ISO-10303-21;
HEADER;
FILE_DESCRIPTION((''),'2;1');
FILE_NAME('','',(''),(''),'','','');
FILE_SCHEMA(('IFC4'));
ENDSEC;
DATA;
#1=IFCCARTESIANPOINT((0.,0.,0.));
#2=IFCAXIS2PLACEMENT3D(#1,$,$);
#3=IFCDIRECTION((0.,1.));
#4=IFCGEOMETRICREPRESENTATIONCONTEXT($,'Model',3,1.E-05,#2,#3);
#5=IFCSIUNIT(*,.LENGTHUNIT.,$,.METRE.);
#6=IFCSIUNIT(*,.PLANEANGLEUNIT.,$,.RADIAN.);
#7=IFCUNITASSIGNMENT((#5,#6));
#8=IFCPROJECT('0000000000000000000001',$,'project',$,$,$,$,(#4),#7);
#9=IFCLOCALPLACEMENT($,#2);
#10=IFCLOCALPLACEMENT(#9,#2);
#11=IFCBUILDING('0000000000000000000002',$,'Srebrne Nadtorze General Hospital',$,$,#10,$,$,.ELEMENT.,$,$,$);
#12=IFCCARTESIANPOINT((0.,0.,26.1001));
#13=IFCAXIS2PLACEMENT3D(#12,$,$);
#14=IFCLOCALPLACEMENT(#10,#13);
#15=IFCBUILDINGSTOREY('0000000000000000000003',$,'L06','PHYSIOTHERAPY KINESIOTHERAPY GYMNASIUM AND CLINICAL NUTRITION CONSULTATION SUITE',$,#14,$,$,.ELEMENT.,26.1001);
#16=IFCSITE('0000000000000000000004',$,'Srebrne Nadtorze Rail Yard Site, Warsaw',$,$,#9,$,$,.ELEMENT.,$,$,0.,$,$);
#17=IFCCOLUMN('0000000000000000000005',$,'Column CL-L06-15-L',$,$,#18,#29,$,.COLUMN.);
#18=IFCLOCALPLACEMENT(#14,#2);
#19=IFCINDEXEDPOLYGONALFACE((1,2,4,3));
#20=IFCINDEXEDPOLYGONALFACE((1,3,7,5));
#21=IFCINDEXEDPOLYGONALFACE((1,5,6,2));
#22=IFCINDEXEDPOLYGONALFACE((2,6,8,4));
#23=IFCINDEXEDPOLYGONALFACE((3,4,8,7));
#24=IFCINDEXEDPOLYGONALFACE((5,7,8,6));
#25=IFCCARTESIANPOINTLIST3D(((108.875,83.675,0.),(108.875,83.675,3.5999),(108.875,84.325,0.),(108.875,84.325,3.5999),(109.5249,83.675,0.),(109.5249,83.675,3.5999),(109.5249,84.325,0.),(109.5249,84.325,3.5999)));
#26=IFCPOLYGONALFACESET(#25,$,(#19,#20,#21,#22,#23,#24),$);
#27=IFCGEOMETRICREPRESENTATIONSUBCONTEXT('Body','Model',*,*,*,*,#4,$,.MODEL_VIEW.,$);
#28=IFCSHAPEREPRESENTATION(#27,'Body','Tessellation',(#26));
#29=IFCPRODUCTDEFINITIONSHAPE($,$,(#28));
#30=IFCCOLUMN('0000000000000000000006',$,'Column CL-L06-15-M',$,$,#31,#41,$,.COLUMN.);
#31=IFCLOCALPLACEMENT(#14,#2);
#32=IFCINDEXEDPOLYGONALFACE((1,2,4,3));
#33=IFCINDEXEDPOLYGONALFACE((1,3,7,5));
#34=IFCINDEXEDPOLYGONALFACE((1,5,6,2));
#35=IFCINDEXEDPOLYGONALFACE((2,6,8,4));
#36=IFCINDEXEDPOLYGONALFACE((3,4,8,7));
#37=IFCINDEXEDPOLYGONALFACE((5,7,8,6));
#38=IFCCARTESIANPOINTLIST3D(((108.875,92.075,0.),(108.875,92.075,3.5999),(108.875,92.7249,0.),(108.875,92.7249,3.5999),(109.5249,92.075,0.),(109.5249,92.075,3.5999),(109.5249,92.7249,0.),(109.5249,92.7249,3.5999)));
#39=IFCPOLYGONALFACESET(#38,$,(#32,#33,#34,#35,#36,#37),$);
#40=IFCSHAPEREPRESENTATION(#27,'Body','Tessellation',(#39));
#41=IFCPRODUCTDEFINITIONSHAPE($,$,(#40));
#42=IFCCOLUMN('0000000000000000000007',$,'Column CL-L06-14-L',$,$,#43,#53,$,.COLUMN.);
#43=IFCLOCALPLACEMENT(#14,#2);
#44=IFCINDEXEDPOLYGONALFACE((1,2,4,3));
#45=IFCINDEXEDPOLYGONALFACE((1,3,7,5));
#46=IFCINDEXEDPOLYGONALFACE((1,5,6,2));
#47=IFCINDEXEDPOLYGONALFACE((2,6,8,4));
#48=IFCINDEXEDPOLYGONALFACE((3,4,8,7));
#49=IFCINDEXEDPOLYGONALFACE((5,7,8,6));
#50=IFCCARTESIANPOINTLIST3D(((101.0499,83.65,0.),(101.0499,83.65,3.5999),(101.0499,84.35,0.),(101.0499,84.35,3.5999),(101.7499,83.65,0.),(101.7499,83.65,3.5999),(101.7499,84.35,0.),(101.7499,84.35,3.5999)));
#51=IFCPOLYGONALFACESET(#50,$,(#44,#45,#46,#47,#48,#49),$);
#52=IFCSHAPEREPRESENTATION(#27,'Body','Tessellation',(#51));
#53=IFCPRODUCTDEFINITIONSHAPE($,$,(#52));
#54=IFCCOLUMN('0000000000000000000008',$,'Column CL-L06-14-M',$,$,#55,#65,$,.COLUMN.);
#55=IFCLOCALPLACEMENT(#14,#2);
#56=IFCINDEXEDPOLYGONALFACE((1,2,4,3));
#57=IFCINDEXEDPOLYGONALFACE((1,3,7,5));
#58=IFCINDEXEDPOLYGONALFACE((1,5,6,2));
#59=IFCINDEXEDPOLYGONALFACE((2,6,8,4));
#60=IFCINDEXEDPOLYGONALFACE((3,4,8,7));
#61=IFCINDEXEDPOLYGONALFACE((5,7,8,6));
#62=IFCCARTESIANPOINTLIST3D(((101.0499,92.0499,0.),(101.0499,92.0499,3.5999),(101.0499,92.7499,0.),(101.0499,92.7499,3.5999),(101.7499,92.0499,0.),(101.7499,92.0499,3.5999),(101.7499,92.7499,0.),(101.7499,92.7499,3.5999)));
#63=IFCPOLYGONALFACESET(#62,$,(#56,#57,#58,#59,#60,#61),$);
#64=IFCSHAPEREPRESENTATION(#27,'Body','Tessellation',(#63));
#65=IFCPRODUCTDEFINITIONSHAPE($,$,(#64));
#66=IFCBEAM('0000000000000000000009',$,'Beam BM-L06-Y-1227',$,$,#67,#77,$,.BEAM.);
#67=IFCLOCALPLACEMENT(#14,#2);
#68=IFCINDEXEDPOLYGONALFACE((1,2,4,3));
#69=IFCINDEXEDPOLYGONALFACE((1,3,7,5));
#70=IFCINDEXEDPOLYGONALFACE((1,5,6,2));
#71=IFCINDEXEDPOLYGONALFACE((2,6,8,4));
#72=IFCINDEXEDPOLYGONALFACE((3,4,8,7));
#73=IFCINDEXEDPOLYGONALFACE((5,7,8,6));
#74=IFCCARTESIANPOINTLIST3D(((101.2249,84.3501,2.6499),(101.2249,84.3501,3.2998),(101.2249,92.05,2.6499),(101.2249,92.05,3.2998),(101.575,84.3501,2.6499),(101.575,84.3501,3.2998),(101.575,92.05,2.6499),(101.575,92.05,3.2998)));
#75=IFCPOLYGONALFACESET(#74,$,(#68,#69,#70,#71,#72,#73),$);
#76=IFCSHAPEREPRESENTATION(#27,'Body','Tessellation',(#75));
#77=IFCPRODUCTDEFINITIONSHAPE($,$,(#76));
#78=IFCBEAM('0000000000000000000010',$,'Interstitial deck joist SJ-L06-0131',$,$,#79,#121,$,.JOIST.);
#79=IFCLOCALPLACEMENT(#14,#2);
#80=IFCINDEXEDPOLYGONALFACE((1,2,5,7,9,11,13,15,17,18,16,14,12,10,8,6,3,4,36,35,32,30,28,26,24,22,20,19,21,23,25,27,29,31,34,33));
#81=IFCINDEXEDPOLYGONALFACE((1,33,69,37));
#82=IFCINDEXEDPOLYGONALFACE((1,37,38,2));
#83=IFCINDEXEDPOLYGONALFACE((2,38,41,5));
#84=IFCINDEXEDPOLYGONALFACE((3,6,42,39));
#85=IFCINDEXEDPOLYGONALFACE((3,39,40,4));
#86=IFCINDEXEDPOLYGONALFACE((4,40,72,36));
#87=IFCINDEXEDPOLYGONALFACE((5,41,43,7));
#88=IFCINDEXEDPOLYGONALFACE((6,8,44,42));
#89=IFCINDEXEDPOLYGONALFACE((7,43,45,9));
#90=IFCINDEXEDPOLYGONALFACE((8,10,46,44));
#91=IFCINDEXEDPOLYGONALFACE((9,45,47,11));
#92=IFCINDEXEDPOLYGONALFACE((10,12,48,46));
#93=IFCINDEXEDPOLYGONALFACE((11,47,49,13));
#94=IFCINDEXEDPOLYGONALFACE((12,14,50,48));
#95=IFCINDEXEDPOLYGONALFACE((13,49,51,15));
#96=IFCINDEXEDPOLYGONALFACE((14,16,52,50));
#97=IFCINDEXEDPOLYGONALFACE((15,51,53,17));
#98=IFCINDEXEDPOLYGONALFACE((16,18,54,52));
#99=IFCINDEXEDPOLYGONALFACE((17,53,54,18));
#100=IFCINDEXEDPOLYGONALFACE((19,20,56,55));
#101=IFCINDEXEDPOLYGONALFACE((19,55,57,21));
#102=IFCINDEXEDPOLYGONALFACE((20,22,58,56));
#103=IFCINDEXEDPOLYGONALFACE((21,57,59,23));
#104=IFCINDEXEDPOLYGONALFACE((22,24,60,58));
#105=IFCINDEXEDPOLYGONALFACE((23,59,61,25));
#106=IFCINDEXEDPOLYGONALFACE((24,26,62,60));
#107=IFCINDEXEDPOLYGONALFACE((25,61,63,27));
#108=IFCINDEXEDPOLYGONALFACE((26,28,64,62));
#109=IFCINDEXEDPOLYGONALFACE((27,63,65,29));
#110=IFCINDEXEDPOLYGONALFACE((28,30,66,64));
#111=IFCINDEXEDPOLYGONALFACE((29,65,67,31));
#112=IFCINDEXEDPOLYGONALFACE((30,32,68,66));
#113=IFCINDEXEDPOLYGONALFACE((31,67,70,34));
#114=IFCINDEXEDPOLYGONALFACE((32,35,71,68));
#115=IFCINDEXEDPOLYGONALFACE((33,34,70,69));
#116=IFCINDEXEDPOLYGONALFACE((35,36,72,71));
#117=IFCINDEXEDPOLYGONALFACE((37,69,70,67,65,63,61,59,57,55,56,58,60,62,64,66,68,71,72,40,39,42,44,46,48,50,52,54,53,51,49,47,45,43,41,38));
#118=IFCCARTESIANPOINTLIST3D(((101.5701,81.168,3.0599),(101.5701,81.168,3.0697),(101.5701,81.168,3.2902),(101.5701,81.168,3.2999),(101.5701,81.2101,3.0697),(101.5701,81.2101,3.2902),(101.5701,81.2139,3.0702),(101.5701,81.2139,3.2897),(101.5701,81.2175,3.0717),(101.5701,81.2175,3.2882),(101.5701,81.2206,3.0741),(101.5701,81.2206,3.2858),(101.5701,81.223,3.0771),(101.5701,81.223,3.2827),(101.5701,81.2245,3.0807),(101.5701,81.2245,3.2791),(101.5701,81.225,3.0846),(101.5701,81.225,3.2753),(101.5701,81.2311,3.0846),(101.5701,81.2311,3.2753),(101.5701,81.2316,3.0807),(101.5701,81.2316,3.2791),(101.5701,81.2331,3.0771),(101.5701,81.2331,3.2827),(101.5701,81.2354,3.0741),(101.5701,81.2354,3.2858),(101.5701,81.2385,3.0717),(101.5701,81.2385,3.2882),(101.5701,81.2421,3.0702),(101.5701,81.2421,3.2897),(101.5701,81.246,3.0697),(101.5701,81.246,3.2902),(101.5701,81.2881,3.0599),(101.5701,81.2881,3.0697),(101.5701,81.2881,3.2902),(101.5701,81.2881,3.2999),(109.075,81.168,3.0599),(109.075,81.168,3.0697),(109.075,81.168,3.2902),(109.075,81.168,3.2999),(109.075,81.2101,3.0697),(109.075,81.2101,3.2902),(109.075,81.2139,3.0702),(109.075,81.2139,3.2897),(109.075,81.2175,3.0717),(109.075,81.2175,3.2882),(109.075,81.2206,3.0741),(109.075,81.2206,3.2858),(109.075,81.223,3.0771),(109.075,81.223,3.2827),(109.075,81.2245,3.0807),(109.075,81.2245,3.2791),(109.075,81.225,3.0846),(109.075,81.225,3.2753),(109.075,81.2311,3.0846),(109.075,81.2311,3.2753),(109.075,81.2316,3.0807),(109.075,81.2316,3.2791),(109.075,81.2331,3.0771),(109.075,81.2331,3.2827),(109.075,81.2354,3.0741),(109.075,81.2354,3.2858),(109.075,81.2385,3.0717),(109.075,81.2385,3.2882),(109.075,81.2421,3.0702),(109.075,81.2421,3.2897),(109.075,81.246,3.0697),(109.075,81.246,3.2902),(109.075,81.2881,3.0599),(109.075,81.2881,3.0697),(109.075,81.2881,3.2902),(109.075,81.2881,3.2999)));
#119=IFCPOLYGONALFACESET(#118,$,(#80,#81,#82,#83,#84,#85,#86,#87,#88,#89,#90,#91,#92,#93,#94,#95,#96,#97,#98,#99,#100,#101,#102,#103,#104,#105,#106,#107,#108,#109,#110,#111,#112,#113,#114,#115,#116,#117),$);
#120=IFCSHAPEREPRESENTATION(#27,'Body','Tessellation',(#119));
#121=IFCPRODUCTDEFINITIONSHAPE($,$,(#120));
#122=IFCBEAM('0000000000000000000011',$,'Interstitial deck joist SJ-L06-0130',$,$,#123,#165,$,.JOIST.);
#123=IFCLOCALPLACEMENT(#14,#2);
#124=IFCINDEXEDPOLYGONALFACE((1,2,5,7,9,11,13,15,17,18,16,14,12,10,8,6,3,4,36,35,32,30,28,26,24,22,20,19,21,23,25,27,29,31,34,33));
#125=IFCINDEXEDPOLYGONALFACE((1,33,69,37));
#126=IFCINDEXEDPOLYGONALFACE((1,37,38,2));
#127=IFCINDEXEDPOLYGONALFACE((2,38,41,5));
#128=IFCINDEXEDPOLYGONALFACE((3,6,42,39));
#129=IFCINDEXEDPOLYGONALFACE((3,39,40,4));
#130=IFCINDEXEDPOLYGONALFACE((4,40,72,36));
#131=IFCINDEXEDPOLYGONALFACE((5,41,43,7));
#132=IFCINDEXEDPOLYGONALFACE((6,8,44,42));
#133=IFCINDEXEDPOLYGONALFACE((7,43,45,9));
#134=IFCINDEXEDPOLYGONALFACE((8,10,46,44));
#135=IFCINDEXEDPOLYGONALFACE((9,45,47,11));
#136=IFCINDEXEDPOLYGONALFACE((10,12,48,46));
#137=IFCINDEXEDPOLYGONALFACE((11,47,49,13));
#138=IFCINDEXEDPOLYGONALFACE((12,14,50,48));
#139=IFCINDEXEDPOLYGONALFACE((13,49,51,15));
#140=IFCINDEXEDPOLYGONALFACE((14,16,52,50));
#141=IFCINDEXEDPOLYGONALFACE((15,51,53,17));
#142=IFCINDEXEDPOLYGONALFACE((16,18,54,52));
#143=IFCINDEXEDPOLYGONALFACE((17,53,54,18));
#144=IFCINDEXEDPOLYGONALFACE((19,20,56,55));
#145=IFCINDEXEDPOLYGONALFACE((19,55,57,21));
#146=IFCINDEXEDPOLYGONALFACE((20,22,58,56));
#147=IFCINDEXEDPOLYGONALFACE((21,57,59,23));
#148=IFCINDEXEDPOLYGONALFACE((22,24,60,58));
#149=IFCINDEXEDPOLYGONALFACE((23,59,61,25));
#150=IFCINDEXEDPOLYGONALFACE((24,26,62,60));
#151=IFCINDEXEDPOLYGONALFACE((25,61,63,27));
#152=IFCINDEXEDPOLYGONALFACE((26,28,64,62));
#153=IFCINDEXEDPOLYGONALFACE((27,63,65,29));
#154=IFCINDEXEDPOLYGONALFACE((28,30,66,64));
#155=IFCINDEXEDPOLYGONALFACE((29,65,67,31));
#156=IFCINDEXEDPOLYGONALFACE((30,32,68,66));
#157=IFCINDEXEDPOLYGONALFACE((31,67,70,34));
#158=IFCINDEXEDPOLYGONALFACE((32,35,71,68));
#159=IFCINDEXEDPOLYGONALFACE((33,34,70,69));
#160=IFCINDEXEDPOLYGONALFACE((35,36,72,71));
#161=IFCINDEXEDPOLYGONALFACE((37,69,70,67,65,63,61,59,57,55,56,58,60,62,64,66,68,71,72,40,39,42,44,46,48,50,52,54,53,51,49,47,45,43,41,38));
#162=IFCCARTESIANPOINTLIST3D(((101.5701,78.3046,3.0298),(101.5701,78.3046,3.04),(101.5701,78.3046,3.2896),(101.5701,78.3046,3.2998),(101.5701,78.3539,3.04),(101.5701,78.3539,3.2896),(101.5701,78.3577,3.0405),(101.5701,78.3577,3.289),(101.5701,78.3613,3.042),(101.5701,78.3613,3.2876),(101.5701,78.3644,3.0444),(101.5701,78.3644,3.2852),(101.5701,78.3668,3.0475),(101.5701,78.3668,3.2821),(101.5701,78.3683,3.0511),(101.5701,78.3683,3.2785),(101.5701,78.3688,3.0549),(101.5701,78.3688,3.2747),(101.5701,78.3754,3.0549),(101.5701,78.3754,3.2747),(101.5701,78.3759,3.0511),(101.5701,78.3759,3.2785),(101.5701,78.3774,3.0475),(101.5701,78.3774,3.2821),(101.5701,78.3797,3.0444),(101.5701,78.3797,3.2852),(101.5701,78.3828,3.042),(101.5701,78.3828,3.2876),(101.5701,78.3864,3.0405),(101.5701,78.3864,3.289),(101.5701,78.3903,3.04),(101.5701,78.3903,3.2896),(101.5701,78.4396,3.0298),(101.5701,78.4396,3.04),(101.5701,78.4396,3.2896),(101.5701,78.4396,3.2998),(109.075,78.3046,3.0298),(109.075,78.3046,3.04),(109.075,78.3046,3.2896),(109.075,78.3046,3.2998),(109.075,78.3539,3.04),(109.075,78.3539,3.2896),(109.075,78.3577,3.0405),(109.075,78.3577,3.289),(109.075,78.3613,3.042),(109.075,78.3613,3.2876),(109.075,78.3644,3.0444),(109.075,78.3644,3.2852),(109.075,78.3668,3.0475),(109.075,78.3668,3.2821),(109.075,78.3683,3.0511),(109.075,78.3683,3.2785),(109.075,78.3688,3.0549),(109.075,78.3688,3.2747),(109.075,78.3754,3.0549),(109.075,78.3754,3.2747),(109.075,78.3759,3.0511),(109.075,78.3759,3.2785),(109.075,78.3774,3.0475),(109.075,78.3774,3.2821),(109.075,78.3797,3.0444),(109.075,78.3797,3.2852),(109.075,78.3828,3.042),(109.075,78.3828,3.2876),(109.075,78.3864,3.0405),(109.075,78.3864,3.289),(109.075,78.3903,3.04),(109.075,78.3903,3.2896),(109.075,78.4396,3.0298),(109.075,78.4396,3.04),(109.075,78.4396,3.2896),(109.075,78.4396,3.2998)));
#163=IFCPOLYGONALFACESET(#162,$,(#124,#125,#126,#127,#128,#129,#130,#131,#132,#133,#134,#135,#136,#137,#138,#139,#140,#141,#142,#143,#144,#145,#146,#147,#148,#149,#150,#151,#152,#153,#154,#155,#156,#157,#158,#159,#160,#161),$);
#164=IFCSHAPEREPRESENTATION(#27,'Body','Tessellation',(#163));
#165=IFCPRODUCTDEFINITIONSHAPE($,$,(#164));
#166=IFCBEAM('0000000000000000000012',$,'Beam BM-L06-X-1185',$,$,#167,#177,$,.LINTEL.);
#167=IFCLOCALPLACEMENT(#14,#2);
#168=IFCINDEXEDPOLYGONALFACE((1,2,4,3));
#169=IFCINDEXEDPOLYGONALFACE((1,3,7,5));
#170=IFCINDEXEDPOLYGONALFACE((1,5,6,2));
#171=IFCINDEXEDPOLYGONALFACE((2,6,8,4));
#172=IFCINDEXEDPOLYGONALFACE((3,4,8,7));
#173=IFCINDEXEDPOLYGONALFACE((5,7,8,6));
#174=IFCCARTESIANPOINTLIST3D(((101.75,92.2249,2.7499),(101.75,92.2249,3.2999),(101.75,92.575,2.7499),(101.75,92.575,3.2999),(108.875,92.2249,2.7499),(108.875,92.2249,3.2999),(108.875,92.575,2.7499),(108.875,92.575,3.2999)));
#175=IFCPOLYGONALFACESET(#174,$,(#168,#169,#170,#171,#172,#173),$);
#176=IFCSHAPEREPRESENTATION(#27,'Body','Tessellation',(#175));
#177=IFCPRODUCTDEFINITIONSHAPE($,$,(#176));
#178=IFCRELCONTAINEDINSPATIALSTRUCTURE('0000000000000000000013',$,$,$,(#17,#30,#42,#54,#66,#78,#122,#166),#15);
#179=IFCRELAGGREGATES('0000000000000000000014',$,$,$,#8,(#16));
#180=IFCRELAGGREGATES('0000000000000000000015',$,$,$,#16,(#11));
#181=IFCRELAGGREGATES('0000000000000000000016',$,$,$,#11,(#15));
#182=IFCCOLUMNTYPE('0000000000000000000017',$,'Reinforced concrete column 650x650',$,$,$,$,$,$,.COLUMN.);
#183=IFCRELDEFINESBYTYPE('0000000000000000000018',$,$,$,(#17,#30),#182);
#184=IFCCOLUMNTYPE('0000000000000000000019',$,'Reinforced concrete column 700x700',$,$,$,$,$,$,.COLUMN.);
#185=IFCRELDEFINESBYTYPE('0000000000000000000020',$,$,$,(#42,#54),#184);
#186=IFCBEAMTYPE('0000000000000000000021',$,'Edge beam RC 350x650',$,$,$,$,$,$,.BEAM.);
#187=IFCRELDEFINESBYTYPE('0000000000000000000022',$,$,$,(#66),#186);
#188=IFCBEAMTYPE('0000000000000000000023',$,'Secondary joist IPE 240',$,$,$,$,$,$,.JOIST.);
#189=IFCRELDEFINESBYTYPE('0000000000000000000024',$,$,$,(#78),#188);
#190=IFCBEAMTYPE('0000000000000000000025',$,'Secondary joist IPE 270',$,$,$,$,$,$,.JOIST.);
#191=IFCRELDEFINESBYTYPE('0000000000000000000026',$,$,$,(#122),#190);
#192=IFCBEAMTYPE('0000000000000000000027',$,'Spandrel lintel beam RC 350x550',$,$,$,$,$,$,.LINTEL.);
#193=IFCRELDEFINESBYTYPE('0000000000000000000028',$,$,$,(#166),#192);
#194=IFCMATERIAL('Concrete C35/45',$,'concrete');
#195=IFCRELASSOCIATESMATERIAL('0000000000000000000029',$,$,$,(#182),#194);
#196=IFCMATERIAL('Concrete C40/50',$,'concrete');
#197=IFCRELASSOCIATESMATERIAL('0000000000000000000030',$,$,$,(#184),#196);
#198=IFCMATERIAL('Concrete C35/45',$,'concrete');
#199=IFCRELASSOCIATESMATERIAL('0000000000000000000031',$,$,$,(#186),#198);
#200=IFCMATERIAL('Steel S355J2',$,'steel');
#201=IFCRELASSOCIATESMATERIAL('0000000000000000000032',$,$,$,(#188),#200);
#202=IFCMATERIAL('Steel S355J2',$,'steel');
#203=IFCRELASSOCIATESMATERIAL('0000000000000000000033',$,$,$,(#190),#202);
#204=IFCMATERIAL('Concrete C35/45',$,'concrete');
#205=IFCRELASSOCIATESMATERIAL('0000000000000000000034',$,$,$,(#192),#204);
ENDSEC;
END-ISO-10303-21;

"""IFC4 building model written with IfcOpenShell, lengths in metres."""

from ifc_helpers import new_model, si_unit, direction, frame, origin, origin_2d, place, context, subcontext, project, spatial, rectangle, i_section, extrude, material, material_profile, profile_set, type_object, element, save


model = new_model("IFC4")

# Units and contexts
model_context = context("Model", 3, precision=1e-05, world=origin(), true_north=direction((0.0, 1.0)))
body_context = subcontext(model_context, "Body", "Model", "MODEL_VIEW")
ifc_project = project(units=[si_unit("LENGTHUNIT", "METRE"), si_unit("PLANEANGLEUNIT", "RADIAN")], contexts=[model_context])

# Site, building, storey
site_placement = place(None, origin())
site = spatial("IfcSite", under=ifc_project, at=site_placement, Name="Srebrne Nadtorze Rail Yard Site, Warsaw", CompositionType="ELEMENT", RefElevation=0.0)
building_placement = place(site_placement, origin())
building = spatial("IfcBuilding", under=site, at=building_placement, Name="Srebrne Nadtorze General Hospital", CompositionType="ELEMENT")
storey_placement = place(building_placement, frame((0.0, 0.0, 26.1001)))
storey = spatial("IfcBuildingStorey", under=building, at=storey_placement, Name="L06", Description="PHYSIOTHERAPY KINESIOTHERAPY GYMNASIUM AND CLINICAL NUTRITION CONSULTATION SUITE", CompositionType="ELEMENT", Elevation=26.1001)

# Columns
ifc_material_1 = material(Name="Concrete C35/45", Category="concrete")
ifc_material_profile_1 = material_profile(ifc_material_1, rectangle(XDim=0.6499, YDim=0.6499, at=origin_2d()), Name="RC-COL-650x650")
ifc_profile_set_1 = profile_set([ifc_material_profile_1], Name="Concrete C35/45")
column_type_1 = type_object("IfcColumnType", Name="Reinforced concrete column 650x650", PredefinedType="COLUMN", material=ifc_profile_set_1)
for number, where, z_axis, x_axis, name in (
    (1, (109.2, 84.0, 0.0), (0.0, 0.0, 1.0), (1.0, 0.0, 0.0), "Column CL-L06-15-L"),
    (2, (109.2, 92.3999, 0.0), (0.0, 0.0, 1.0), (1.0, 0.0, 0.0), "Column CL-L06-15-M"),
):
    element("IfcColumn", number, at=place(storey_placement, frame(where, z_axis=z_axis, x_axis=x_axis)), inside=storey, type_object=column_type_1, Name=name, PredefinedType="COLUMN", context=body_context, shape_type="SweptSolid", body=[
        extrude(rectangle(XDim=0.6499, YDim=0.6499, at=origin_2d()), origin(), (0.0, 0.0, 1.0), 3.5999),
    ])
ifc_material_2 = material(Name="Concrete C40/50", Category="concrete")
ifc_material_profile_2 = material_profile(ifc_material_2, rectangle(XDim=0.7, YDim=0.7, at=origin_2d()), Name="RC-COL-700x700")
ifc_profile_set_2 = profile_set([ifc_material_profile_2], Name="Concrete C40/50")
column_type_2 = type_object("IfcColumnType", Name="Reinforced concrete column 700x700", PredefinedType="COLUMN", material=ifc_profile_set_2)
for number, where, z_axis, x_axis, name in (
    (3, (101.3999, 84.0, 0.0), (0.0, 0.0, 1.0), (1.0, 0.0, 0.0), "Column CL-L06-14-L"),
    (4, (101.3999, 92.3999, 0.0), (0.0, 0.0, 1.0), (1.0, 0.0, 0.0), "Column CL-L06-14-M"),
):
    element("IfcColumn", number, at=place(storey_placement, frame(where, z_axis=z_axis, x_axis=x_axis)), inside=storey, type_object=column_type_2, Name=name, PredefinedType="COLUMN", context=body_context, shape_type="SweptSolid", body=[
        extrude(rectangle(XDim=0.7, YDim=0.7, at=origin_2d()), origin(), (0.0, 0.0, 1.0), 3.5999),
    ])

# Beams
ifc_material_3 = material(Name="Concrete C35/45", Category="concrete")
ifc_material_profile_3 = material_profile(ifc_material_3, rectangle(XDim=0.3501, YDim=0.6499, at=origin_2d()), Name="RC-BM-350x650")
ifc_profile_set_3 = profile_set([ifc_material_profile_3], Name="Concrete C35/45")
beam_type_1 = type_object("IfcBeamType", Name="Edge beam RC 350x650", PredefinedType="BEAM", material=ifc_profile_set_3)
beam_1_placement = place(storey_placement, frame((101.3999, 84.3501, 2.9749), z_axis=(0.0, 1.0, 0.0), x_axis=(-1.0, 0.0, 0.0)))
element("IfcBeam", 5, at=beam_1_placement, inside=storey, type_object=beam_type_1, Name="Beam BM-L06-Y-1227", PredefinedType="BEAM", context=body_context, shape_type="SweptSolid", body=[
    extrude(rectangle(XDim=0.3501, YDim=0.6499, at=origin_2d()), origin(), (0.0, 0.0, 1.0), 7.7),
])
ifc_material_4 = material(Name="Steel S355J2", Category="steel")
ifc_material_profile_4 = material_profile(ifc_material_4, i_section(OverallWidth=0.1201, OverallDepth=0.24, WebThickness=0.0061, FlangeThickness=0.0098, FilletRadius=0.0149, at=origin_2d()), Name="IPE-240")
ifc_profile_set_4 = profile_set([ifc_material_profile_4], Name="Steel S355J2")
beam_type_2 = type_object("IfcBeamType", Name="Secondary joist IPE 240", PredefinedType="JOIST", material=ifc_profile_set_4)
beam_2_placement = place(storey_placement, frame((101.5701, 81.228, 3.1799), z_axis=(1.0, 0.0, 0.0), x_axis=(0.0, 1.0, 0.0)))
element("IfcBeam", 6, at=beam_2_placement, inside=storey, type_object=beam_type_2, Name="Interstitial deck joist SJ-L06-0131", PredefinedType="JOIST", context=body_context, shape_type="SweptSolid", body=[
    extrude(i_section(OverallWidth=0.1201, OverallDepth=0.24, WebThickness=0.0061, FlangeThickness=0.0098, FilletRadius=0.0149, at=origin_2d()), origin(), (0.0, 0.0, 1.0), 7.5049),
])
ifc_material_5 = material(Name="Steel S355J2", Category="steel")
ifc_material_profile_5 = material_profile(ifc_material_5, i_section(OverallWidth=0.135, OverallDepth=0.27, WebThickness=0.0066, FlangeThickness=0.0103, FilletRadius=0.0149, at=origin_2d()), Name="IPE-270")
ifc_profile_set_5 = profile_set([ifc_material_profile_5], Name="Steel S355J2")
beam_type_3 = type_object("IfcBeamType", Name="Secondary joist IPE 270", PredefinedType="JOIST", material=ifc_profile_set_5)
beam_3_placement = place(storey_placement, frame((101.5701, 78.3721, 3.1648), z_axis=(1.0, 0.0, 0.0), x_axis=(0.0, 1.0, 0.0)))
element("IfcBeam", 7, at=beam_3_placement, inside=storey, type_object=beam_type_3, Name="Interstitial deck joist SJ-L06-0130", PredefinedType="JOIST", context=body_context, shape_type="SweptSolid", body=[
    extrude(i_section(OverallWidth=0.135, OverallDepth=0.27, WebThickness=0.0066, FlangeThickness=0.0103, FilletRadius=0.0149, at=origin_2d()), origin(), (0.0, 0.0, 1.0), 7.5049),
])
ifc_material_6 = material(Name="Concrete C35/45", Category="concrete")
ifc_material_profile_6 = material_profile(ifc_material_6, rectangle(XDim=0.3501, YDim=0.55, at=origin_2d()), Name="RC-BM-350x550")
ifc_profile_set_6 = profile_set([ifc_material_profile_6], Name="Concrete C35/45")
beam_type_4 = type_object("IfcBeamType", Name="Spandrel lintel beam RC 350x550", PredefinedType="LINTEL", material=ifc_profile_set_6)
beam_4_placement = place(storey_placement, frame((101.75, 92.3999, 3.0249), z_axis=(1.0, 0.0, 0.0), x_axis=(0.0, 1.0, 0.0)))
element("IfcBeam", 8, at=beam_4_placement, inside=storey, type_object=beam_type_4, Name="Beam BM-L06-X-1185", PredefinedType="LINTEL", context=body_context, shape_type="SweptSolid", body=[
    extrude(rectangle(XDim=0.3501, YDim=0.55, at=origin_2d()), origin(), (0.0, 0.0, 1.0), 7.125),
])

save(model, "model.ifc")
